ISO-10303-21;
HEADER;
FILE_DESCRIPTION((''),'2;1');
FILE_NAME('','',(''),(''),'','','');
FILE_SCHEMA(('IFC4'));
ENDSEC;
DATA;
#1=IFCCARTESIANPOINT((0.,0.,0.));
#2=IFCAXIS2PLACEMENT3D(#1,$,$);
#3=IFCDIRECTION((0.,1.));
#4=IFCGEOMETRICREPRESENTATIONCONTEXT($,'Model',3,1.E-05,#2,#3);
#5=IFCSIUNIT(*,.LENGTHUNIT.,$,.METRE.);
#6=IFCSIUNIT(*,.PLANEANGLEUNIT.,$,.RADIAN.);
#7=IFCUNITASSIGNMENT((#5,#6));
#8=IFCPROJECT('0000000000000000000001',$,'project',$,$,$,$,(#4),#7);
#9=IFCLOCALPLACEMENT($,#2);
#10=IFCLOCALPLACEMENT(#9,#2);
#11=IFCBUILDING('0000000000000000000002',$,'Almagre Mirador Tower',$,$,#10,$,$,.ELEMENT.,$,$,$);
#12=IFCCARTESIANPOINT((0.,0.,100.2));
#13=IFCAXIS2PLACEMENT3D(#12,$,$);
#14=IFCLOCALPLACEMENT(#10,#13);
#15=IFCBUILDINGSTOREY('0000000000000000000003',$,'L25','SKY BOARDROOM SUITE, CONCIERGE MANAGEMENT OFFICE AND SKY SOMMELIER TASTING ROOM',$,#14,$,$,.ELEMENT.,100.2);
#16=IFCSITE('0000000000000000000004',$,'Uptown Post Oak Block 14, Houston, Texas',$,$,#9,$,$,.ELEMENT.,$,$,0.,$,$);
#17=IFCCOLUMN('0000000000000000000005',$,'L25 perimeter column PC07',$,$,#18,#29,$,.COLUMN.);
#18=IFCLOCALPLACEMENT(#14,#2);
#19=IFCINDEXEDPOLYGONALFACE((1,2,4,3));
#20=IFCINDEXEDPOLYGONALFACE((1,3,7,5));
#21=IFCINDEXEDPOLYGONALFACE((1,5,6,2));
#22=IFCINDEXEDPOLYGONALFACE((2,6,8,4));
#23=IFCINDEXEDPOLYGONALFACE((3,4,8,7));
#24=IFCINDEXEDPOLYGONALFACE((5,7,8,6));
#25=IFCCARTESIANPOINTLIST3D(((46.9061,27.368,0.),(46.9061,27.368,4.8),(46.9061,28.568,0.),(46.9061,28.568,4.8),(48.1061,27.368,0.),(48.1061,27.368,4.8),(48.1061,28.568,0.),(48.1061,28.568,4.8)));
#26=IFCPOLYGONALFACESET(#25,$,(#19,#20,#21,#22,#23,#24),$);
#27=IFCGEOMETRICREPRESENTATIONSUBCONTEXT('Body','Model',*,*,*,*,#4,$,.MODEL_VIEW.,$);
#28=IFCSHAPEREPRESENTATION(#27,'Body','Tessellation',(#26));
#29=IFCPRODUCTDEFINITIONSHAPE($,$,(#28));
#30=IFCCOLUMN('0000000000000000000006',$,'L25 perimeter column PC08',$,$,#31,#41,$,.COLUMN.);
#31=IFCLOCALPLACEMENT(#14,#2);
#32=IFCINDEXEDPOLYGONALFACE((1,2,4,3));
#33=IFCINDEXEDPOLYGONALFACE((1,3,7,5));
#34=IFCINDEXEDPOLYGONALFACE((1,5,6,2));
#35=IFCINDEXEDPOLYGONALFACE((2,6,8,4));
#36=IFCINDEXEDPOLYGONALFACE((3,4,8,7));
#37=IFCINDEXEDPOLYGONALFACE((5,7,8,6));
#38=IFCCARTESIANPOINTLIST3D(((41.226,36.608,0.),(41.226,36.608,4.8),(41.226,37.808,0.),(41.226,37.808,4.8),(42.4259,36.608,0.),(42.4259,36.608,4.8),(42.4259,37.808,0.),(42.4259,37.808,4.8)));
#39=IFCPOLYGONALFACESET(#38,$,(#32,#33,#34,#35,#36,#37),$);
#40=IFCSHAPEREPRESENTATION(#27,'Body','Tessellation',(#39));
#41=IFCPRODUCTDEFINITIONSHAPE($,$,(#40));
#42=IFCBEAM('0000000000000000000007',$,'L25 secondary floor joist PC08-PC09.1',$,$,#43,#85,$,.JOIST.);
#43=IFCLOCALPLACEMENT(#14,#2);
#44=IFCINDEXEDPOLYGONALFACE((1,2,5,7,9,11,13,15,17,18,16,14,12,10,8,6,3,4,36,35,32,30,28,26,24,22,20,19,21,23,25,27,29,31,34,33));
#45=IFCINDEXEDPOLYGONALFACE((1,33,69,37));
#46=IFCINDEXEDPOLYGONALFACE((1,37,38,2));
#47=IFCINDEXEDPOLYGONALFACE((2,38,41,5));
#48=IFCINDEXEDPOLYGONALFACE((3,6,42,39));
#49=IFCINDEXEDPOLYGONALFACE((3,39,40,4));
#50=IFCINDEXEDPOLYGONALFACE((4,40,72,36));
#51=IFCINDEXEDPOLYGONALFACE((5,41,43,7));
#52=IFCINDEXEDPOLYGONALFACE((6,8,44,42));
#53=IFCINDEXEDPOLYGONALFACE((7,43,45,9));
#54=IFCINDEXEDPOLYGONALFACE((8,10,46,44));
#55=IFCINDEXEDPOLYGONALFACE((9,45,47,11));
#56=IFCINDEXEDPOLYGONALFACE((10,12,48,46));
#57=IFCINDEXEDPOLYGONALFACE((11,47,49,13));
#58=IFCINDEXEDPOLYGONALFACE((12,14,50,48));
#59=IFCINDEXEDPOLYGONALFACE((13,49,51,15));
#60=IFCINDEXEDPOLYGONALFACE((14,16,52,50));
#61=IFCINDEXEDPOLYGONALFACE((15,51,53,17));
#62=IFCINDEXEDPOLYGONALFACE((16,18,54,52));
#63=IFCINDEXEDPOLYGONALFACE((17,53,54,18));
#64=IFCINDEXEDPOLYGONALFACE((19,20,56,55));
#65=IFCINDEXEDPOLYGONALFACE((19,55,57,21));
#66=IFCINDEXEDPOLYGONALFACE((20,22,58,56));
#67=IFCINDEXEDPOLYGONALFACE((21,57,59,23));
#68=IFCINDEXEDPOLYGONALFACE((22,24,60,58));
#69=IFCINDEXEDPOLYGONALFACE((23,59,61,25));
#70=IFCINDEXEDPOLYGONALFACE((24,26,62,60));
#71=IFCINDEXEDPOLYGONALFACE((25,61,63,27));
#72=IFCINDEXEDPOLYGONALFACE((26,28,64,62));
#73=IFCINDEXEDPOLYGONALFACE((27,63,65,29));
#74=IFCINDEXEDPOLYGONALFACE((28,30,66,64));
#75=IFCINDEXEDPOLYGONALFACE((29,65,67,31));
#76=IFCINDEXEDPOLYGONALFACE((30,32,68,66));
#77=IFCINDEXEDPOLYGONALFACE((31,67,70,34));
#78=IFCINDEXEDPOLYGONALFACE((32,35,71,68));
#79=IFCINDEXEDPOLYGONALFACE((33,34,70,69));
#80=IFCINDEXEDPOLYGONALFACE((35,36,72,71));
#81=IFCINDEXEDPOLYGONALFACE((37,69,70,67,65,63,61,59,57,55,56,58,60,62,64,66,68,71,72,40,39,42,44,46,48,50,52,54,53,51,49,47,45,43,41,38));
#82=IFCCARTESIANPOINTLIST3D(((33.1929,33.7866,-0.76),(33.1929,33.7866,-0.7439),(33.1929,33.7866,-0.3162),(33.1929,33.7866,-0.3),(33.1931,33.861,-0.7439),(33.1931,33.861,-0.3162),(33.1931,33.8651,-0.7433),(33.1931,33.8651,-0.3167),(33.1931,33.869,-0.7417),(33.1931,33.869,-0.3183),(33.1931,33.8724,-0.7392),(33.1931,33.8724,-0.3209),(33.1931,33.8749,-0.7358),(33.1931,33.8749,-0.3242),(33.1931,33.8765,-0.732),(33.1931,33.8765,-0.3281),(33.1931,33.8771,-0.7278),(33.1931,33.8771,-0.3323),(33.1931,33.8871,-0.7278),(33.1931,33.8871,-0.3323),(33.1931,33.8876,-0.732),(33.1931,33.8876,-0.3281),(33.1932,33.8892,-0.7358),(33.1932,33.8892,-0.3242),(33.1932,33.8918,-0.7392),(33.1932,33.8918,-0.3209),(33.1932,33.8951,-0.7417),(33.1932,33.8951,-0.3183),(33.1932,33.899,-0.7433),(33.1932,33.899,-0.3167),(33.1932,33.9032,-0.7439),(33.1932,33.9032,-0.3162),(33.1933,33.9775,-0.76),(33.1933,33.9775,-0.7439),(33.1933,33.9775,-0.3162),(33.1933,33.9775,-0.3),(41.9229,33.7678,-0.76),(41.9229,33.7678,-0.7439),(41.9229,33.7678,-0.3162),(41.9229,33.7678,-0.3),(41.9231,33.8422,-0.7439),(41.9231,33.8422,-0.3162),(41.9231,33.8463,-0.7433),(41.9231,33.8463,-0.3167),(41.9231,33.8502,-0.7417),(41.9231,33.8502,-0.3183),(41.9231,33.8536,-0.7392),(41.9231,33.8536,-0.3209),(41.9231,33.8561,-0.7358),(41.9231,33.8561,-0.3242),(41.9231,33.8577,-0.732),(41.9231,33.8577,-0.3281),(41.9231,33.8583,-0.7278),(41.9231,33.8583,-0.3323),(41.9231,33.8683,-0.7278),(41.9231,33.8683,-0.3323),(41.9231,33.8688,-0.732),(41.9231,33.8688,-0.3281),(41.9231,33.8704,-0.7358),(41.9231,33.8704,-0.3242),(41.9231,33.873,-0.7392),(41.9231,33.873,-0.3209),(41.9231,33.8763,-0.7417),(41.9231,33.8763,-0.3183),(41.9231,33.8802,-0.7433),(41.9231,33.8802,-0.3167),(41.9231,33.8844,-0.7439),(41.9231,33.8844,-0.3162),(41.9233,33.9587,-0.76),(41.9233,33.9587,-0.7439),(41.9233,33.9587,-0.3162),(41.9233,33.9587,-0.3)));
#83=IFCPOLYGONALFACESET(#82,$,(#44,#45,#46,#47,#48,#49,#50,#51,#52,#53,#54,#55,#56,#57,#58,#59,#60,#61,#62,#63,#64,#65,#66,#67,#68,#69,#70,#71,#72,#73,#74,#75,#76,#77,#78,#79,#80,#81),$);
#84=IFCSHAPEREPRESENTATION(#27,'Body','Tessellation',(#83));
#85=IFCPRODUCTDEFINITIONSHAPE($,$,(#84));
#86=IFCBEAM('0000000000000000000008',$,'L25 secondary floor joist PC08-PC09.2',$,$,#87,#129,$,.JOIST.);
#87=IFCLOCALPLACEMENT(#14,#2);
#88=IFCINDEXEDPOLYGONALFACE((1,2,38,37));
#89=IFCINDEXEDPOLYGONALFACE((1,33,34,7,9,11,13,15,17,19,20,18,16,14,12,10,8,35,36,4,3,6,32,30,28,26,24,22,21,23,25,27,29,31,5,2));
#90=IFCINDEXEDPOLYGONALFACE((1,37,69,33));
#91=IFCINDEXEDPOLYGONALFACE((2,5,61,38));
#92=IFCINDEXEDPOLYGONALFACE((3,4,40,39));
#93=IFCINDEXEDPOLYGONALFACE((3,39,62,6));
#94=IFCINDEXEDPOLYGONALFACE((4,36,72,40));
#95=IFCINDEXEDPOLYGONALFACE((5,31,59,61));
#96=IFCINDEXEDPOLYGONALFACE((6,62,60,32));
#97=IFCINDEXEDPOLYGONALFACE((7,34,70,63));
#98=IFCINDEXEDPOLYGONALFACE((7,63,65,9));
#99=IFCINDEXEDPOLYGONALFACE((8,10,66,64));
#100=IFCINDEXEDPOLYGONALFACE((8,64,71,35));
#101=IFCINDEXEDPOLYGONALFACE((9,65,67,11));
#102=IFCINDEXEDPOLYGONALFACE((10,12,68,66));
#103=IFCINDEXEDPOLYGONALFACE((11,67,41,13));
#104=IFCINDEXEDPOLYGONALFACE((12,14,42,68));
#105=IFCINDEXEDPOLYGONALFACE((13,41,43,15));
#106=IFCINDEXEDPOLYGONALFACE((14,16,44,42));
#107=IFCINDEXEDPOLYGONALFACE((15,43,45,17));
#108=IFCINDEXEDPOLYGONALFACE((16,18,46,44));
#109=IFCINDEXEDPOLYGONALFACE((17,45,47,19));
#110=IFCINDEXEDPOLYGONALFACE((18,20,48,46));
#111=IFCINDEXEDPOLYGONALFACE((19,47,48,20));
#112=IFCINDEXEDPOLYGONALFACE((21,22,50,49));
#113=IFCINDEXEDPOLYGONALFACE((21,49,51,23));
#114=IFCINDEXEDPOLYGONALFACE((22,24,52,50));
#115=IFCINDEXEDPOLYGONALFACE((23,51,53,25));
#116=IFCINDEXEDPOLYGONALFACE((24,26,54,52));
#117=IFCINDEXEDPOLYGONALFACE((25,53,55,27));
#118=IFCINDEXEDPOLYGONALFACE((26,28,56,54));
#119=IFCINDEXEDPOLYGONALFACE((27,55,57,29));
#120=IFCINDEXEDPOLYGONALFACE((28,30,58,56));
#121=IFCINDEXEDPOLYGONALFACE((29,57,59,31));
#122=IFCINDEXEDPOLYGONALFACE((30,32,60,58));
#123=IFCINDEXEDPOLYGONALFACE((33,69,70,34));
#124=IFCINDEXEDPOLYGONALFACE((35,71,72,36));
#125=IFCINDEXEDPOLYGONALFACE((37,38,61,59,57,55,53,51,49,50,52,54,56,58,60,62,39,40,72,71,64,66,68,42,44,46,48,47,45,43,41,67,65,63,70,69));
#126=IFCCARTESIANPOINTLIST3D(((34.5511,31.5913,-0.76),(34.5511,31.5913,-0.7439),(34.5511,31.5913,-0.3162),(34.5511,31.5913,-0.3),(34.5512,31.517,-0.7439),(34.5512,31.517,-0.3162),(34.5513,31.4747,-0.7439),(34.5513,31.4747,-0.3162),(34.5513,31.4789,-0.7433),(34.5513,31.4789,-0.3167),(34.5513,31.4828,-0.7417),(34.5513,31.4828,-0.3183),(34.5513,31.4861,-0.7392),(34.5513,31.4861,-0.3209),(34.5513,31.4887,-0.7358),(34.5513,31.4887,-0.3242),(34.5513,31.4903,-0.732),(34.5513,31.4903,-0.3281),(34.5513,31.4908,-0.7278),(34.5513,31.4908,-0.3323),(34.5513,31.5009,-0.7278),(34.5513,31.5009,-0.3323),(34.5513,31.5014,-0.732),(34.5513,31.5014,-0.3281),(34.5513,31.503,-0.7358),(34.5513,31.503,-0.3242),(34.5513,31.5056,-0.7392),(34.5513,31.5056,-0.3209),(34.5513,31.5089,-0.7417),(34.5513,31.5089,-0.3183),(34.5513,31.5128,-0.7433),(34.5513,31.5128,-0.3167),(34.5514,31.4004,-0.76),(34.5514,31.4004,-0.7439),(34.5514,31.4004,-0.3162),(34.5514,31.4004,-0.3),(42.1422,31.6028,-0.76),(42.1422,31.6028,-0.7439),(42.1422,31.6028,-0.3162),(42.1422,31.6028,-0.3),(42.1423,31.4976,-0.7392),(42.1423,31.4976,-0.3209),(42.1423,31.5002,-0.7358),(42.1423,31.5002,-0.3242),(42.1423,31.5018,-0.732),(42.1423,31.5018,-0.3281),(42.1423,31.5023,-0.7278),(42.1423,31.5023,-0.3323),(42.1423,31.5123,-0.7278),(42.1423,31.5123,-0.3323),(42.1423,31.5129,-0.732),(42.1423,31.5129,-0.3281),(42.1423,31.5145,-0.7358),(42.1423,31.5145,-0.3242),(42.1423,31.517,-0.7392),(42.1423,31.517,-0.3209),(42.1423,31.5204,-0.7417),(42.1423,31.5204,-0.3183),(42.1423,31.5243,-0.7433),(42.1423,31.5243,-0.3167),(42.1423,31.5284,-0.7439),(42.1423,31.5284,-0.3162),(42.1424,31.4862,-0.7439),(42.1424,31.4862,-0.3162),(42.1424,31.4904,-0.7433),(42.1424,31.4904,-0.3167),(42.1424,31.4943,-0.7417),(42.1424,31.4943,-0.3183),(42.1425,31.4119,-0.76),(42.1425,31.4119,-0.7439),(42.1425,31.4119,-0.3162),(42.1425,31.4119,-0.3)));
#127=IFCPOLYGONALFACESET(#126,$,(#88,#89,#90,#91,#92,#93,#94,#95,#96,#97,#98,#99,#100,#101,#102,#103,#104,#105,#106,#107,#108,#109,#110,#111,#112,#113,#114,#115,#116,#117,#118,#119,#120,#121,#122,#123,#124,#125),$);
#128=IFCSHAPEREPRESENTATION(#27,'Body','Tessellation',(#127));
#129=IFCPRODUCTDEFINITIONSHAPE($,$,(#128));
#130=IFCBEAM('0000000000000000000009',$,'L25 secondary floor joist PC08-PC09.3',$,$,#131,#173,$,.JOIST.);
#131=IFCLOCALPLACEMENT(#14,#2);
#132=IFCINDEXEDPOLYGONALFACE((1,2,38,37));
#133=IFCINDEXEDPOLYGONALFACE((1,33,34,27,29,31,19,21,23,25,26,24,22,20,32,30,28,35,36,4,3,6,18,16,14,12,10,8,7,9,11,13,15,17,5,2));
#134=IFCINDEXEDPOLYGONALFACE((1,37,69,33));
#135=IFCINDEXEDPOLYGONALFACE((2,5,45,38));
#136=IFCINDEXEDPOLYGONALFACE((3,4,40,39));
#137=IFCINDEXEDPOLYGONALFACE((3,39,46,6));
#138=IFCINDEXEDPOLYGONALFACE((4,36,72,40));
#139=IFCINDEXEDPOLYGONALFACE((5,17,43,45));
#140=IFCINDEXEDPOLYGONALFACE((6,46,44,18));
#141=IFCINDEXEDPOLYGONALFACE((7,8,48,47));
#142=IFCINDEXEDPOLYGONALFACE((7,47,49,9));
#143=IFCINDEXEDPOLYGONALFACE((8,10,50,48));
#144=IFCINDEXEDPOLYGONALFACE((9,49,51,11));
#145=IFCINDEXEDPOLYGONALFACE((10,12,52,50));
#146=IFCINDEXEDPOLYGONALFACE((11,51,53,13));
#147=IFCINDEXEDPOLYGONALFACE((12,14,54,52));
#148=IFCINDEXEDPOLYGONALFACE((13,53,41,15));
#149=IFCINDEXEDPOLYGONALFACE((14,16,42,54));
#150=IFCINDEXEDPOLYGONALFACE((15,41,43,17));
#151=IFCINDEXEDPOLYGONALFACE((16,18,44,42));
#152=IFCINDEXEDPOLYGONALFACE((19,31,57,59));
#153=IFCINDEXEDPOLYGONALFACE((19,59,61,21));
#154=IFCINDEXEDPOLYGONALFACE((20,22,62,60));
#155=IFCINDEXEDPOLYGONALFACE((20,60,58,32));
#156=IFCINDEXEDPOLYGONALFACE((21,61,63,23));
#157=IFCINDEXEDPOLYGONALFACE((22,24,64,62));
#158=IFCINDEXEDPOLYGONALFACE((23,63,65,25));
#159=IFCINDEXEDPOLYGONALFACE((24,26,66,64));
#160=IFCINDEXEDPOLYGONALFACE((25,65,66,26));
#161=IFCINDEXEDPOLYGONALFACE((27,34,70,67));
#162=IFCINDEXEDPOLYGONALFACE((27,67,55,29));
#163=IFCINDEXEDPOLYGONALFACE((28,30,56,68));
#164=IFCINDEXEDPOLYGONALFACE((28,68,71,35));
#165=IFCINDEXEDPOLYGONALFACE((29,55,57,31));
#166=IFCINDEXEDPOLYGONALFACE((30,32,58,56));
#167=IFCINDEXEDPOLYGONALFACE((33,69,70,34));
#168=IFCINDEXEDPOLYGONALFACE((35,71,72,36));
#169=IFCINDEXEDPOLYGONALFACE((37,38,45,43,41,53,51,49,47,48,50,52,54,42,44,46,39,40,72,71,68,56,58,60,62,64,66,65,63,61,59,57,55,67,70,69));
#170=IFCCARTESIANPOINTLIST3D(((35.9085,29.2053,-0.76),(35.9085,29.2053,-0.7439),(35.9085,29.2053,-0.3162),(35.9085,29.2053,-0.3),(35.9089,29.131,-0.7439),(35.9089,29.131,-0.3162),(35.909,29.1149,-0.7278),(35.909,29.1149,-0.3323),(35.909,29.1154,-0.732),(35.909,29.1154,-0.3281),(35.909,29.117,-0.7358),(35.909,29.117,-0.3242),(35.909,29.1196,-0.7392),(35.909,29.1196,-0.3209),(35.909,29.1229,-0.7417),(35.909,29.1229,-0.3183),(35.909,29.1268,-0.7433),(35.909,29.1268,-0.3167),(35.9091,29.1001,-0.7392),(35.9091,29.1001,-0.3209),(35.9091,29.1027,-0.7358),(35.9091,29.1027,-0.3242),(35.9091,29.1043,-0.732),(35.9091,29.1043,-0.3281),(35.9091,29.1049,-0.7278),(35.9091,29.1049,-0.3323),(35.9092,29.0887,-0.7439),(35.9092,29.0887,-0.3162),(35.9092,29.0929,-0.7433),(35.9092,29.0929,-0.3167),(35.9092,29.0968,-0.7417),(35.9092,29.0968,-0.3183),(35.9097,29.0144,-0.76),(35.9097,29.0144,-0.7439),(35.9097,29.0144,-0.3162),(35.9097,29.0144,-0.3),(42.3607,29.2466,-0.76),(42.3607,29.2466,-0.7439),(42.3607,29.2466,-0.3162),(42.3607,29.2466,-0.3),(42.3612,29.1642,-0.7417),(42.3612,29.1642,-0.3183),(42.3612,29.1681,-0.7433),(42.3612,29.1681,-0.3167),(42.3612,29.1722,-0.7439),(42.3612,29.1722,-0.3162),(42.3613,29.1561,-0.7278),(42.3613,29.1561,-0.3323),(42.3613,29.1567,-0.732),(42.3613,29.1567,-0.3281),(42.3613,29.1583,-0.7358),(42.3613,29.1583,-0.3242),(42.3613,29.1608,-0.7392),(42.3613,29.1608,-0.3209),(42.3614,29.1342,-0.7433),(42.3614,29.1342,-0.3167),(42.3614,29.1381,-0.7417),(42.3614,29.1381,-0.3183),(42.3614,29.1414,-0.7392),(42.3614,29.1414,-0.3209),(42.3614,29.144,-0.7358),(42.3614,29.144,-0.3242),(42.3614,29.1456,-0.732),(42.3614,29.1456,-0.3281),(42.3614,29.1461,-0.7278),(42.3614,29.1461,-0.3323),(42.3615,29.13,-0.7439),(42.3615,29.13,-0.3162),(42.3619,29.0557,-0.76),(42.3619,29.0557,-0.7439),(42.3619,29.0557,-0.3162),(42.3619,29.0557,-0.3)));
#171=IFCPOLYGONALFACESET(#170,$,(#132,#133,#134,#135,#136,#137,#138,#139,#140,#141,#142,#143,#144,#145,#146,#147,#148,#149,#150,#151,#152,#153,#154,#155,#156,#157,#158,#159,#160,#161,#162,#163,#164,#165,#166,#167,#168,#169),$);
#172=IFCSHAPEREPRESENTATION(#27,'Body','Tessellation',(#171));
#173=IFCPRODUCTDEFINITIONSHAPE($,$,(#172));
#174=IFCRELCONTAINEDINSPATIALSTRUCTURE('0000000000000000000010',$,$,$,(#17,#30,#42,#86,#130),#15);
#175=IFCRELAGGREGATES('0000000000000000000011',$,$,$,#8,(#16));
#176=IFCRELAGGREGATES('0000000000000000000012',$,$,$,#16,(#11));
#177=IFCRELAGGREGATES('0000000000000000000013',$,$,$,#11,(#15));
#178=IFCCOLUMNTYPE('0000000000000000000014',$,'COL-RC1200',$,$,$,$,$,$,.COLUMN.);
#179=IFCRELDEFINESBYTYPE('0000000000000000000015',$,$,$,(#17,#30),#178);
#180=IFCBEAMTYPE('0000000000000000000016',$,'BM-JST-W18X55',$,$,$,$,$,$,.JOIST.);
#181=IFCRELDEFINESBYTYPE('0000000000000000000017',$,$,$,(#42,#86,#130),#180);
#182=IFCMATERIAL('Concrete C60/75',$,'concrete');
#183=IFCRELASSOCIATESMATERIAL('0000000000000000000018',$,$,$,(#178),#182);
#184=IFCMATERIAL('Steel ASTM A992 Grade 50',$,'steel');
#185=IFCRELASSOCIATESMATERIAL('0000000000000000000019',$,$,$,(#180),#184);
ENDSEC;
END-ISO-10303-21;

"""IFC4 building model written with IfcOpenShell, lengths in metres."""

from ifc_helpers import new_model, si_unit, direction, frame, origin, origin_2d, place, context, subcontext, project, spatial, rectangle, i_section, extrude, material, material_profile, profile_set, type_object, element, save


model = new_model("IFC4")

# Units and contexts
model_context = context("Model", 3, precision=1e-05, world=origin(), true_north=direction((0.0, 1.0)))
body_context = subcontext(model_context, "Body", "Model", "MODEL_VIEW")
ifc_project = project(units=[si_unit("LENGTHUNIT", "METRE"), si_unit("PLANEANGLEUNIT", "RADIAN")], contexts=[model_context])

# Site, building, storey
site_placement = place(None, origin())
site = spatial("IfcSite", under=ifc_project, at=site_placement, Name="Uptown Post Oak Block 14, Houston, Texas", CompositionType="ELEMENT", RefElevation=0.0)
building_placement = place(site_placement, origin())
building = spatial("IfcBuilding", under=site, at=building_placement, Name="Almagre Mirador Tower", CompositionType="ELEMENT")
storey_placement = place(building_placement, frame((0.0, 0.0, 100.2)))
storey = spatial("IfcBuildingStorey", under=building, at=storey_placement, Name="L25", Description="SKY BOARDROOM SUITE, CONCIERGE MANAGEMENT OFFICE AND SKY SOMMELIER TASTING ROOM", CompositionType="ELEMENT", Elevation=100.2)

# Columns
ifc_material_1 = material(Name="Concrete C60/75", Category="concrete")
ifc_material_profile_1 = material_profile(ifc_material_1, rectangle(XDim=1.2, YDim=1.2, at=origin_2d()), Name="RC1200X1200")
ifc_profile_set_1 = profile_set([ifc_material_profile_1], Name="Concrete C60/75")
column_type = type_object("IfcColumnType", Name="COL-RC1200", PredefinedType="COLUMN", material=ifc_profile_set_1)
for number, where, z_axis, x_axis, name in (
    (1, (47.5061, 27.968, 0.0), (0.0, 0.0, 1.0), (1.0, 0.0, 0.0), "L25 perimeter column PC07"),
    (2, (41.8259, 37.208, 0.0), (0.0, 0.0, 1.0), (1.0, 0.0, 0.0), "L25 perimeter column PC08"),
):
    element("IfcColumn", number, at=place(storey_placement, frame(where, z_axis=z_axis, x_axis=x_axis)), inside=storey, type_object=column_type, Name=name, PredefinedType="COLUMN", context=body_context, shape_type="SweptSolid", body=[
        extrude(rectangle(XDim=1.2, YDim=1.2, at=origin_2d()), origin(), (0.0, 0.0, 1.0), 4.8),
    ])

# Beams
ifc_material_2 = material(Name="Steel ASTM A992 Grade 50", Category="steel")
ifc_material_profile_2 = material_profile(ifc_material_2, i_section(OverallWidth=0.1909, OverallDepth=0.46, WebThickness=0.01, FlangeThickness=0.0161, FilletRadius=0.0161, at=origin_2d()), Name="W18X55")
ifc_profile_set_2 = profile_set([ifc_material_profile_2], Name="Steel ASTM A992 Grade 50")
beam_type_1 = type_object("IfcBeamType", Name="BM-JST-W18X55", PredefinedType="JOIST", material=ifc_profile_set_2)
beam_1_placement = place(storey_placement, frame((41.9231, 33.8633, -0.53), z_axis=(-0.999998, 0.002153, 0.0), x_axis=(-0.002153, -0.999998, 0.0)))
element("IfcBeam", 3, at=beam_1_placement, inside=storey, type_object=beam_type_1, Name="L25 secondary floor joist PC08-PC09.1", PredefinedType="JOIST", context=body_context, shape_type="SweptSolid", body=[
    extrude(i_section(OverallWidth=0.1909, OverallDepth=0.46, WebThickness=0.01, FlangeThickness=0.0161, FilletRadius=0.0161, at=origin_2d()), origin(), (0.0, 0.0, 1.0), 8.73),
])
beam_2_placement = place(storey_placement, frame((42.1423, 31.5073, -0.53), z_axis=(-0.999999, -0.001512, 0.0), x_axis=(0.001512, -0.999999, 0.0)))
element("IfcBeam", 4, at=beam_2_placement, inside=storey, type_object=beam_type_1, Name="L25 secondary floor joist PC08-PC09.2", PredefinedType="JOIST", context=body_context, shape_type="SweptSolid", body=[
    extrude(i_section(OverallWidth=0.1909, OverallDepth=0.46, WebThickness=0.01, FlangeThickness=0.0161, FilletRadius=0.0161, at=origin_2d()), origin(), (0.0, 0.0, 1.0), 7.5911),
])
beam_3_placement = place(storey_placement, frame((42.3613, 29.1511, -0.53), z_axis=(-0.99998, -0.006395, 0.0), x_axis=(0.006395, -0.99998, 0.0)))
element("IfcBeam", 5, at=beam_3_placement, inside=storey, type_object=beam_type_1, Name="L25 secondary floor joist PC08-PC09.3", PredefinedType="JOIST", context=body_context, shape_type="SweptSolid", body=[
    extrude(i_section(OverallWidth=0.1909, OverallDepth=0.46, WebThickness=0.01, FlangeThickness=0.0161, FilletRadius=0.0161, at=origin_2d()), origin(), (0.0, 0.0, 1.0), 6.4524),
])

save(model, "model.ifc")
